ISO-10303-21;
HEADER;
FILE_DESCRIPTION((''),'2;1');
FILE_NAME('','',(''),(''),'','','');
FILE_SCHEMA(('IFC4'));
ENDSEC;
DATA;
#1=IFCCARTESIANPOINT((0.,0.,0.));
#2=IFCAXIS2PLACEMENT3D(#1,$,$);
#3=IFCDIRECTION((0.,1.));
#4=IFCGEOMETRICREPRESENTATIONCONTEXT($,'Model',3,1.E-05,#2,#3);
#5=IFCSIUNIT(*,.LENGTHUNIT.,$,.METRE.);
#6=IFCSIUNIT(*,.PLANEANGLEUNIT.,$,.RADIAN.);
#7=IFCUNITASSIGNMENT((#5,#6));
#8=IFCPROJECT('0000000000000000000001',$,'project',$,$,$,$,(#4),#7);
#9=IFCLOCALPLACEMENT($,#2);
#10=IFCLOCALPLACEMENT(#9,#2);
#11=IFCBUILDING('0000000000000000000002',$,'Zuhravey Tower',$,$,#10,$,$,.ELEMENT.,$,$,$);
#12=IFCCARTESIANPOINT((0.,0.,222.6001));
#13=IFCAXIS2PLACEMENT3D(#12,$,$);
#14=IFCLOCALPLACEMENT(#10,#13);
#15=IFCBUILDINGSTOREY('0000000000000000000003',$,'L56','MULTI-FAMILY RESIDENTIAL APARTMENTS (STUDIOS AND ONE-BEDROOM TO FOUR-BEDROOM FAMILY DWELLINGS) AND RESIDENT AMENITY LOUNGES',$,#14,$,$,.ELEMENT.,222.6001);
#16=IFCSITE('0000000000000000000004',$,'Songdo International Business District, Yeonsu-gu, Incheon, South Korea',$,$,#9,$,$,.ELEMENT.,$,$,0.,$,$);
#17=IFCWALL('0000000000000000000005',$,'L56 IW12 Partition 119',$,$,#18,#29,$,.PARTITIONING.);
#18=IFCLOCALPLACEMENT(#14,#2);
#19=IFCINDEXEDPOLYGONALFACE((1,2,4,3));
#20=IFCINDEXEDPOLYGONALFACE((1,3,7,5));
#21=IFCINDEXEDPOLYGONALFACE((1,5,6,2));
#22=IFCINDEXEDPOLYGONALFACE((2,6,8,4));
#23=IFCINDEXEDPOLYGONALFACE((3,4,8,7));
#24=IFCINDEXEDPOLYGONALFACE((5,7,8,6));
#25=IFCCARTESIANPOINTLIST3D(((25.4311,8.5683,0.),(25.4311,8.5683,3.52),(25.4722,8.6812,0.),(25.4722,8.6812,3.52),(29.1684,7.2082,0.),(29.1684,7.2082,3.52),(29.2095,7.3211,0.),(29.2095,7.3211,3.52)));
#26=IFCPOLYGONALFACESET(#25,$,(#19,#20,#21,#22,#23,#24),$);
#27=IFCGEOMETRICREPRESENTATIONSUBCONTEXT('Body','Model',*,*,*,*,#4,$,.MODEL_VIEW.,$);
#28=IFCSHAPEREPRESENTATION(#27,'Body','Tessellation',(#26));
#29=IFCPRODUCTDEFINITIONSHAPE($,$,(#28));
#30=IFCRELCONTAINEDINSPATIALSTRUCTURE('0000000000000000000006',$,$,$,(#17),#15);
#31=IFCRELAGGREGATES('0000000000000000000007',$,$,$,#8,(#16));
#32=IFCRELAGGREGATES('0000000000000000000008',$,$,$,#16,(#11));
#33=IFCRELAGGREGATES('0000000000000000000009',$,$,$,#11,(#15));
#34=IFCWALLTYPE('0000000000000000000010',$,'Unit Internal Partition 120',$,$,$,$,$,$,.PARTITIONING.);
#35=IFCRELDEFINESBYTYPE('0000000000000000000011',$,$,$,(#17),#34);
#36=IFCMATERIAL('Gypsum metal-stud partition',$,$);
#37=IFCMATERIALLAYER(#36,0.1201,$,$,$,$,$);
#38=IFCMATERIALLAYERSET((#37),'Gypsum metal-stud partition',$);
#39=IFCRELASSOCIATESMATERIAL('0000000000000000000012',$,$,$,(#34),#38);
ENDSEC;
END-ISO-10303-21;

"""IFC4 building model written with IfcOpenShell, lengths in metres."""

from ifc_helpers import new_model, si_unit, direction, frame, frame_2d, origin, place, context, subcontext, project, spatial, rectangle, extrude, material, layer, layer_set, type_object, element, save


model = new_model("IFC4")

# Units and contexts
model_context = context("Model", 3, precision=1e-05, world=origin(), true_north=direction((0.0, 1.0)))
body_context = subcontext(model_context, "Body", "Model", "MODEL_VIEW")
ifc_project = project(units=[si_unit("LENGTHUNIT", "METRE"), si_unit("PLANEANGLEUNIT", "RADIAN")], contexts=[model_context])

# Site, building, storey
site_placement = place(None, origin())
site = spatial("IfcSite", under=ifc_project, at=site_placement, Name="Songdo International Business District, Yeonsu-gu, Incheon, South Korea", CompositionType="ELEMENT", RefElevation=0.0)
building_placement = place(site_placement, origin())
building = spatial("IfcBuilding", under=site, at=building_placement, Name="Zuhravey Tower", CompositionType="ELEMENT")
storey_placement = place(building_placement, frame((0.0, 0.0, 222.6001)))
storey = spatial("IfcBuildingStorey", under=building, at=storey_placement, Name="L56", Description="MULTI-FAMILY RESIDENTIAL APARTMENTS (STUDIOS AND ONE-BEDROOM TO FOUR-BEDROOM FAMILY DWELLINGS) AND RESIDENT AMENITY LOUNGES", CompositionType="ELEMENT", Elevation=222.6001)

# Shared definitions
ifc_material_1 = material(Name="Gypsum metal-stud partition")
ifc_layer_1 = layer(ifc_material_1, 0.1201)
ifc_layer_set_1 = layer_set([ifc_layer_1], Name="Gypsum metal-stud partition")
wall_type_1 = type_object("IfcWallType", Name="Unit Internal Partition 120", PredefinedType="PARTITIONING", material=ifc_layer_set_1)

# Wall
wall_1_placement = place(storey_placement, frame((25.4517, 8.6248, 0.0), z_axis=(0.0, 0.0, 1.0), x_axis=(0.939706, -0.341985, 0.0)))
element("IfcWall", 1, at=wall_1_placement, inside=storey, type_object=wall_type_1, Name="L56 IW12 Partition 119", PredefinedType="PARTITIONING", context=body_context, shape_type="SweptSolid", body=[
    extrude(rectangle(XDim=3.9771, YDim=0.1201, at=frame_2d((1.9885, 0.0))), origin(), (0.0, 0.0, 1.0), 3.52),
])

save(model, "model.ifc")
